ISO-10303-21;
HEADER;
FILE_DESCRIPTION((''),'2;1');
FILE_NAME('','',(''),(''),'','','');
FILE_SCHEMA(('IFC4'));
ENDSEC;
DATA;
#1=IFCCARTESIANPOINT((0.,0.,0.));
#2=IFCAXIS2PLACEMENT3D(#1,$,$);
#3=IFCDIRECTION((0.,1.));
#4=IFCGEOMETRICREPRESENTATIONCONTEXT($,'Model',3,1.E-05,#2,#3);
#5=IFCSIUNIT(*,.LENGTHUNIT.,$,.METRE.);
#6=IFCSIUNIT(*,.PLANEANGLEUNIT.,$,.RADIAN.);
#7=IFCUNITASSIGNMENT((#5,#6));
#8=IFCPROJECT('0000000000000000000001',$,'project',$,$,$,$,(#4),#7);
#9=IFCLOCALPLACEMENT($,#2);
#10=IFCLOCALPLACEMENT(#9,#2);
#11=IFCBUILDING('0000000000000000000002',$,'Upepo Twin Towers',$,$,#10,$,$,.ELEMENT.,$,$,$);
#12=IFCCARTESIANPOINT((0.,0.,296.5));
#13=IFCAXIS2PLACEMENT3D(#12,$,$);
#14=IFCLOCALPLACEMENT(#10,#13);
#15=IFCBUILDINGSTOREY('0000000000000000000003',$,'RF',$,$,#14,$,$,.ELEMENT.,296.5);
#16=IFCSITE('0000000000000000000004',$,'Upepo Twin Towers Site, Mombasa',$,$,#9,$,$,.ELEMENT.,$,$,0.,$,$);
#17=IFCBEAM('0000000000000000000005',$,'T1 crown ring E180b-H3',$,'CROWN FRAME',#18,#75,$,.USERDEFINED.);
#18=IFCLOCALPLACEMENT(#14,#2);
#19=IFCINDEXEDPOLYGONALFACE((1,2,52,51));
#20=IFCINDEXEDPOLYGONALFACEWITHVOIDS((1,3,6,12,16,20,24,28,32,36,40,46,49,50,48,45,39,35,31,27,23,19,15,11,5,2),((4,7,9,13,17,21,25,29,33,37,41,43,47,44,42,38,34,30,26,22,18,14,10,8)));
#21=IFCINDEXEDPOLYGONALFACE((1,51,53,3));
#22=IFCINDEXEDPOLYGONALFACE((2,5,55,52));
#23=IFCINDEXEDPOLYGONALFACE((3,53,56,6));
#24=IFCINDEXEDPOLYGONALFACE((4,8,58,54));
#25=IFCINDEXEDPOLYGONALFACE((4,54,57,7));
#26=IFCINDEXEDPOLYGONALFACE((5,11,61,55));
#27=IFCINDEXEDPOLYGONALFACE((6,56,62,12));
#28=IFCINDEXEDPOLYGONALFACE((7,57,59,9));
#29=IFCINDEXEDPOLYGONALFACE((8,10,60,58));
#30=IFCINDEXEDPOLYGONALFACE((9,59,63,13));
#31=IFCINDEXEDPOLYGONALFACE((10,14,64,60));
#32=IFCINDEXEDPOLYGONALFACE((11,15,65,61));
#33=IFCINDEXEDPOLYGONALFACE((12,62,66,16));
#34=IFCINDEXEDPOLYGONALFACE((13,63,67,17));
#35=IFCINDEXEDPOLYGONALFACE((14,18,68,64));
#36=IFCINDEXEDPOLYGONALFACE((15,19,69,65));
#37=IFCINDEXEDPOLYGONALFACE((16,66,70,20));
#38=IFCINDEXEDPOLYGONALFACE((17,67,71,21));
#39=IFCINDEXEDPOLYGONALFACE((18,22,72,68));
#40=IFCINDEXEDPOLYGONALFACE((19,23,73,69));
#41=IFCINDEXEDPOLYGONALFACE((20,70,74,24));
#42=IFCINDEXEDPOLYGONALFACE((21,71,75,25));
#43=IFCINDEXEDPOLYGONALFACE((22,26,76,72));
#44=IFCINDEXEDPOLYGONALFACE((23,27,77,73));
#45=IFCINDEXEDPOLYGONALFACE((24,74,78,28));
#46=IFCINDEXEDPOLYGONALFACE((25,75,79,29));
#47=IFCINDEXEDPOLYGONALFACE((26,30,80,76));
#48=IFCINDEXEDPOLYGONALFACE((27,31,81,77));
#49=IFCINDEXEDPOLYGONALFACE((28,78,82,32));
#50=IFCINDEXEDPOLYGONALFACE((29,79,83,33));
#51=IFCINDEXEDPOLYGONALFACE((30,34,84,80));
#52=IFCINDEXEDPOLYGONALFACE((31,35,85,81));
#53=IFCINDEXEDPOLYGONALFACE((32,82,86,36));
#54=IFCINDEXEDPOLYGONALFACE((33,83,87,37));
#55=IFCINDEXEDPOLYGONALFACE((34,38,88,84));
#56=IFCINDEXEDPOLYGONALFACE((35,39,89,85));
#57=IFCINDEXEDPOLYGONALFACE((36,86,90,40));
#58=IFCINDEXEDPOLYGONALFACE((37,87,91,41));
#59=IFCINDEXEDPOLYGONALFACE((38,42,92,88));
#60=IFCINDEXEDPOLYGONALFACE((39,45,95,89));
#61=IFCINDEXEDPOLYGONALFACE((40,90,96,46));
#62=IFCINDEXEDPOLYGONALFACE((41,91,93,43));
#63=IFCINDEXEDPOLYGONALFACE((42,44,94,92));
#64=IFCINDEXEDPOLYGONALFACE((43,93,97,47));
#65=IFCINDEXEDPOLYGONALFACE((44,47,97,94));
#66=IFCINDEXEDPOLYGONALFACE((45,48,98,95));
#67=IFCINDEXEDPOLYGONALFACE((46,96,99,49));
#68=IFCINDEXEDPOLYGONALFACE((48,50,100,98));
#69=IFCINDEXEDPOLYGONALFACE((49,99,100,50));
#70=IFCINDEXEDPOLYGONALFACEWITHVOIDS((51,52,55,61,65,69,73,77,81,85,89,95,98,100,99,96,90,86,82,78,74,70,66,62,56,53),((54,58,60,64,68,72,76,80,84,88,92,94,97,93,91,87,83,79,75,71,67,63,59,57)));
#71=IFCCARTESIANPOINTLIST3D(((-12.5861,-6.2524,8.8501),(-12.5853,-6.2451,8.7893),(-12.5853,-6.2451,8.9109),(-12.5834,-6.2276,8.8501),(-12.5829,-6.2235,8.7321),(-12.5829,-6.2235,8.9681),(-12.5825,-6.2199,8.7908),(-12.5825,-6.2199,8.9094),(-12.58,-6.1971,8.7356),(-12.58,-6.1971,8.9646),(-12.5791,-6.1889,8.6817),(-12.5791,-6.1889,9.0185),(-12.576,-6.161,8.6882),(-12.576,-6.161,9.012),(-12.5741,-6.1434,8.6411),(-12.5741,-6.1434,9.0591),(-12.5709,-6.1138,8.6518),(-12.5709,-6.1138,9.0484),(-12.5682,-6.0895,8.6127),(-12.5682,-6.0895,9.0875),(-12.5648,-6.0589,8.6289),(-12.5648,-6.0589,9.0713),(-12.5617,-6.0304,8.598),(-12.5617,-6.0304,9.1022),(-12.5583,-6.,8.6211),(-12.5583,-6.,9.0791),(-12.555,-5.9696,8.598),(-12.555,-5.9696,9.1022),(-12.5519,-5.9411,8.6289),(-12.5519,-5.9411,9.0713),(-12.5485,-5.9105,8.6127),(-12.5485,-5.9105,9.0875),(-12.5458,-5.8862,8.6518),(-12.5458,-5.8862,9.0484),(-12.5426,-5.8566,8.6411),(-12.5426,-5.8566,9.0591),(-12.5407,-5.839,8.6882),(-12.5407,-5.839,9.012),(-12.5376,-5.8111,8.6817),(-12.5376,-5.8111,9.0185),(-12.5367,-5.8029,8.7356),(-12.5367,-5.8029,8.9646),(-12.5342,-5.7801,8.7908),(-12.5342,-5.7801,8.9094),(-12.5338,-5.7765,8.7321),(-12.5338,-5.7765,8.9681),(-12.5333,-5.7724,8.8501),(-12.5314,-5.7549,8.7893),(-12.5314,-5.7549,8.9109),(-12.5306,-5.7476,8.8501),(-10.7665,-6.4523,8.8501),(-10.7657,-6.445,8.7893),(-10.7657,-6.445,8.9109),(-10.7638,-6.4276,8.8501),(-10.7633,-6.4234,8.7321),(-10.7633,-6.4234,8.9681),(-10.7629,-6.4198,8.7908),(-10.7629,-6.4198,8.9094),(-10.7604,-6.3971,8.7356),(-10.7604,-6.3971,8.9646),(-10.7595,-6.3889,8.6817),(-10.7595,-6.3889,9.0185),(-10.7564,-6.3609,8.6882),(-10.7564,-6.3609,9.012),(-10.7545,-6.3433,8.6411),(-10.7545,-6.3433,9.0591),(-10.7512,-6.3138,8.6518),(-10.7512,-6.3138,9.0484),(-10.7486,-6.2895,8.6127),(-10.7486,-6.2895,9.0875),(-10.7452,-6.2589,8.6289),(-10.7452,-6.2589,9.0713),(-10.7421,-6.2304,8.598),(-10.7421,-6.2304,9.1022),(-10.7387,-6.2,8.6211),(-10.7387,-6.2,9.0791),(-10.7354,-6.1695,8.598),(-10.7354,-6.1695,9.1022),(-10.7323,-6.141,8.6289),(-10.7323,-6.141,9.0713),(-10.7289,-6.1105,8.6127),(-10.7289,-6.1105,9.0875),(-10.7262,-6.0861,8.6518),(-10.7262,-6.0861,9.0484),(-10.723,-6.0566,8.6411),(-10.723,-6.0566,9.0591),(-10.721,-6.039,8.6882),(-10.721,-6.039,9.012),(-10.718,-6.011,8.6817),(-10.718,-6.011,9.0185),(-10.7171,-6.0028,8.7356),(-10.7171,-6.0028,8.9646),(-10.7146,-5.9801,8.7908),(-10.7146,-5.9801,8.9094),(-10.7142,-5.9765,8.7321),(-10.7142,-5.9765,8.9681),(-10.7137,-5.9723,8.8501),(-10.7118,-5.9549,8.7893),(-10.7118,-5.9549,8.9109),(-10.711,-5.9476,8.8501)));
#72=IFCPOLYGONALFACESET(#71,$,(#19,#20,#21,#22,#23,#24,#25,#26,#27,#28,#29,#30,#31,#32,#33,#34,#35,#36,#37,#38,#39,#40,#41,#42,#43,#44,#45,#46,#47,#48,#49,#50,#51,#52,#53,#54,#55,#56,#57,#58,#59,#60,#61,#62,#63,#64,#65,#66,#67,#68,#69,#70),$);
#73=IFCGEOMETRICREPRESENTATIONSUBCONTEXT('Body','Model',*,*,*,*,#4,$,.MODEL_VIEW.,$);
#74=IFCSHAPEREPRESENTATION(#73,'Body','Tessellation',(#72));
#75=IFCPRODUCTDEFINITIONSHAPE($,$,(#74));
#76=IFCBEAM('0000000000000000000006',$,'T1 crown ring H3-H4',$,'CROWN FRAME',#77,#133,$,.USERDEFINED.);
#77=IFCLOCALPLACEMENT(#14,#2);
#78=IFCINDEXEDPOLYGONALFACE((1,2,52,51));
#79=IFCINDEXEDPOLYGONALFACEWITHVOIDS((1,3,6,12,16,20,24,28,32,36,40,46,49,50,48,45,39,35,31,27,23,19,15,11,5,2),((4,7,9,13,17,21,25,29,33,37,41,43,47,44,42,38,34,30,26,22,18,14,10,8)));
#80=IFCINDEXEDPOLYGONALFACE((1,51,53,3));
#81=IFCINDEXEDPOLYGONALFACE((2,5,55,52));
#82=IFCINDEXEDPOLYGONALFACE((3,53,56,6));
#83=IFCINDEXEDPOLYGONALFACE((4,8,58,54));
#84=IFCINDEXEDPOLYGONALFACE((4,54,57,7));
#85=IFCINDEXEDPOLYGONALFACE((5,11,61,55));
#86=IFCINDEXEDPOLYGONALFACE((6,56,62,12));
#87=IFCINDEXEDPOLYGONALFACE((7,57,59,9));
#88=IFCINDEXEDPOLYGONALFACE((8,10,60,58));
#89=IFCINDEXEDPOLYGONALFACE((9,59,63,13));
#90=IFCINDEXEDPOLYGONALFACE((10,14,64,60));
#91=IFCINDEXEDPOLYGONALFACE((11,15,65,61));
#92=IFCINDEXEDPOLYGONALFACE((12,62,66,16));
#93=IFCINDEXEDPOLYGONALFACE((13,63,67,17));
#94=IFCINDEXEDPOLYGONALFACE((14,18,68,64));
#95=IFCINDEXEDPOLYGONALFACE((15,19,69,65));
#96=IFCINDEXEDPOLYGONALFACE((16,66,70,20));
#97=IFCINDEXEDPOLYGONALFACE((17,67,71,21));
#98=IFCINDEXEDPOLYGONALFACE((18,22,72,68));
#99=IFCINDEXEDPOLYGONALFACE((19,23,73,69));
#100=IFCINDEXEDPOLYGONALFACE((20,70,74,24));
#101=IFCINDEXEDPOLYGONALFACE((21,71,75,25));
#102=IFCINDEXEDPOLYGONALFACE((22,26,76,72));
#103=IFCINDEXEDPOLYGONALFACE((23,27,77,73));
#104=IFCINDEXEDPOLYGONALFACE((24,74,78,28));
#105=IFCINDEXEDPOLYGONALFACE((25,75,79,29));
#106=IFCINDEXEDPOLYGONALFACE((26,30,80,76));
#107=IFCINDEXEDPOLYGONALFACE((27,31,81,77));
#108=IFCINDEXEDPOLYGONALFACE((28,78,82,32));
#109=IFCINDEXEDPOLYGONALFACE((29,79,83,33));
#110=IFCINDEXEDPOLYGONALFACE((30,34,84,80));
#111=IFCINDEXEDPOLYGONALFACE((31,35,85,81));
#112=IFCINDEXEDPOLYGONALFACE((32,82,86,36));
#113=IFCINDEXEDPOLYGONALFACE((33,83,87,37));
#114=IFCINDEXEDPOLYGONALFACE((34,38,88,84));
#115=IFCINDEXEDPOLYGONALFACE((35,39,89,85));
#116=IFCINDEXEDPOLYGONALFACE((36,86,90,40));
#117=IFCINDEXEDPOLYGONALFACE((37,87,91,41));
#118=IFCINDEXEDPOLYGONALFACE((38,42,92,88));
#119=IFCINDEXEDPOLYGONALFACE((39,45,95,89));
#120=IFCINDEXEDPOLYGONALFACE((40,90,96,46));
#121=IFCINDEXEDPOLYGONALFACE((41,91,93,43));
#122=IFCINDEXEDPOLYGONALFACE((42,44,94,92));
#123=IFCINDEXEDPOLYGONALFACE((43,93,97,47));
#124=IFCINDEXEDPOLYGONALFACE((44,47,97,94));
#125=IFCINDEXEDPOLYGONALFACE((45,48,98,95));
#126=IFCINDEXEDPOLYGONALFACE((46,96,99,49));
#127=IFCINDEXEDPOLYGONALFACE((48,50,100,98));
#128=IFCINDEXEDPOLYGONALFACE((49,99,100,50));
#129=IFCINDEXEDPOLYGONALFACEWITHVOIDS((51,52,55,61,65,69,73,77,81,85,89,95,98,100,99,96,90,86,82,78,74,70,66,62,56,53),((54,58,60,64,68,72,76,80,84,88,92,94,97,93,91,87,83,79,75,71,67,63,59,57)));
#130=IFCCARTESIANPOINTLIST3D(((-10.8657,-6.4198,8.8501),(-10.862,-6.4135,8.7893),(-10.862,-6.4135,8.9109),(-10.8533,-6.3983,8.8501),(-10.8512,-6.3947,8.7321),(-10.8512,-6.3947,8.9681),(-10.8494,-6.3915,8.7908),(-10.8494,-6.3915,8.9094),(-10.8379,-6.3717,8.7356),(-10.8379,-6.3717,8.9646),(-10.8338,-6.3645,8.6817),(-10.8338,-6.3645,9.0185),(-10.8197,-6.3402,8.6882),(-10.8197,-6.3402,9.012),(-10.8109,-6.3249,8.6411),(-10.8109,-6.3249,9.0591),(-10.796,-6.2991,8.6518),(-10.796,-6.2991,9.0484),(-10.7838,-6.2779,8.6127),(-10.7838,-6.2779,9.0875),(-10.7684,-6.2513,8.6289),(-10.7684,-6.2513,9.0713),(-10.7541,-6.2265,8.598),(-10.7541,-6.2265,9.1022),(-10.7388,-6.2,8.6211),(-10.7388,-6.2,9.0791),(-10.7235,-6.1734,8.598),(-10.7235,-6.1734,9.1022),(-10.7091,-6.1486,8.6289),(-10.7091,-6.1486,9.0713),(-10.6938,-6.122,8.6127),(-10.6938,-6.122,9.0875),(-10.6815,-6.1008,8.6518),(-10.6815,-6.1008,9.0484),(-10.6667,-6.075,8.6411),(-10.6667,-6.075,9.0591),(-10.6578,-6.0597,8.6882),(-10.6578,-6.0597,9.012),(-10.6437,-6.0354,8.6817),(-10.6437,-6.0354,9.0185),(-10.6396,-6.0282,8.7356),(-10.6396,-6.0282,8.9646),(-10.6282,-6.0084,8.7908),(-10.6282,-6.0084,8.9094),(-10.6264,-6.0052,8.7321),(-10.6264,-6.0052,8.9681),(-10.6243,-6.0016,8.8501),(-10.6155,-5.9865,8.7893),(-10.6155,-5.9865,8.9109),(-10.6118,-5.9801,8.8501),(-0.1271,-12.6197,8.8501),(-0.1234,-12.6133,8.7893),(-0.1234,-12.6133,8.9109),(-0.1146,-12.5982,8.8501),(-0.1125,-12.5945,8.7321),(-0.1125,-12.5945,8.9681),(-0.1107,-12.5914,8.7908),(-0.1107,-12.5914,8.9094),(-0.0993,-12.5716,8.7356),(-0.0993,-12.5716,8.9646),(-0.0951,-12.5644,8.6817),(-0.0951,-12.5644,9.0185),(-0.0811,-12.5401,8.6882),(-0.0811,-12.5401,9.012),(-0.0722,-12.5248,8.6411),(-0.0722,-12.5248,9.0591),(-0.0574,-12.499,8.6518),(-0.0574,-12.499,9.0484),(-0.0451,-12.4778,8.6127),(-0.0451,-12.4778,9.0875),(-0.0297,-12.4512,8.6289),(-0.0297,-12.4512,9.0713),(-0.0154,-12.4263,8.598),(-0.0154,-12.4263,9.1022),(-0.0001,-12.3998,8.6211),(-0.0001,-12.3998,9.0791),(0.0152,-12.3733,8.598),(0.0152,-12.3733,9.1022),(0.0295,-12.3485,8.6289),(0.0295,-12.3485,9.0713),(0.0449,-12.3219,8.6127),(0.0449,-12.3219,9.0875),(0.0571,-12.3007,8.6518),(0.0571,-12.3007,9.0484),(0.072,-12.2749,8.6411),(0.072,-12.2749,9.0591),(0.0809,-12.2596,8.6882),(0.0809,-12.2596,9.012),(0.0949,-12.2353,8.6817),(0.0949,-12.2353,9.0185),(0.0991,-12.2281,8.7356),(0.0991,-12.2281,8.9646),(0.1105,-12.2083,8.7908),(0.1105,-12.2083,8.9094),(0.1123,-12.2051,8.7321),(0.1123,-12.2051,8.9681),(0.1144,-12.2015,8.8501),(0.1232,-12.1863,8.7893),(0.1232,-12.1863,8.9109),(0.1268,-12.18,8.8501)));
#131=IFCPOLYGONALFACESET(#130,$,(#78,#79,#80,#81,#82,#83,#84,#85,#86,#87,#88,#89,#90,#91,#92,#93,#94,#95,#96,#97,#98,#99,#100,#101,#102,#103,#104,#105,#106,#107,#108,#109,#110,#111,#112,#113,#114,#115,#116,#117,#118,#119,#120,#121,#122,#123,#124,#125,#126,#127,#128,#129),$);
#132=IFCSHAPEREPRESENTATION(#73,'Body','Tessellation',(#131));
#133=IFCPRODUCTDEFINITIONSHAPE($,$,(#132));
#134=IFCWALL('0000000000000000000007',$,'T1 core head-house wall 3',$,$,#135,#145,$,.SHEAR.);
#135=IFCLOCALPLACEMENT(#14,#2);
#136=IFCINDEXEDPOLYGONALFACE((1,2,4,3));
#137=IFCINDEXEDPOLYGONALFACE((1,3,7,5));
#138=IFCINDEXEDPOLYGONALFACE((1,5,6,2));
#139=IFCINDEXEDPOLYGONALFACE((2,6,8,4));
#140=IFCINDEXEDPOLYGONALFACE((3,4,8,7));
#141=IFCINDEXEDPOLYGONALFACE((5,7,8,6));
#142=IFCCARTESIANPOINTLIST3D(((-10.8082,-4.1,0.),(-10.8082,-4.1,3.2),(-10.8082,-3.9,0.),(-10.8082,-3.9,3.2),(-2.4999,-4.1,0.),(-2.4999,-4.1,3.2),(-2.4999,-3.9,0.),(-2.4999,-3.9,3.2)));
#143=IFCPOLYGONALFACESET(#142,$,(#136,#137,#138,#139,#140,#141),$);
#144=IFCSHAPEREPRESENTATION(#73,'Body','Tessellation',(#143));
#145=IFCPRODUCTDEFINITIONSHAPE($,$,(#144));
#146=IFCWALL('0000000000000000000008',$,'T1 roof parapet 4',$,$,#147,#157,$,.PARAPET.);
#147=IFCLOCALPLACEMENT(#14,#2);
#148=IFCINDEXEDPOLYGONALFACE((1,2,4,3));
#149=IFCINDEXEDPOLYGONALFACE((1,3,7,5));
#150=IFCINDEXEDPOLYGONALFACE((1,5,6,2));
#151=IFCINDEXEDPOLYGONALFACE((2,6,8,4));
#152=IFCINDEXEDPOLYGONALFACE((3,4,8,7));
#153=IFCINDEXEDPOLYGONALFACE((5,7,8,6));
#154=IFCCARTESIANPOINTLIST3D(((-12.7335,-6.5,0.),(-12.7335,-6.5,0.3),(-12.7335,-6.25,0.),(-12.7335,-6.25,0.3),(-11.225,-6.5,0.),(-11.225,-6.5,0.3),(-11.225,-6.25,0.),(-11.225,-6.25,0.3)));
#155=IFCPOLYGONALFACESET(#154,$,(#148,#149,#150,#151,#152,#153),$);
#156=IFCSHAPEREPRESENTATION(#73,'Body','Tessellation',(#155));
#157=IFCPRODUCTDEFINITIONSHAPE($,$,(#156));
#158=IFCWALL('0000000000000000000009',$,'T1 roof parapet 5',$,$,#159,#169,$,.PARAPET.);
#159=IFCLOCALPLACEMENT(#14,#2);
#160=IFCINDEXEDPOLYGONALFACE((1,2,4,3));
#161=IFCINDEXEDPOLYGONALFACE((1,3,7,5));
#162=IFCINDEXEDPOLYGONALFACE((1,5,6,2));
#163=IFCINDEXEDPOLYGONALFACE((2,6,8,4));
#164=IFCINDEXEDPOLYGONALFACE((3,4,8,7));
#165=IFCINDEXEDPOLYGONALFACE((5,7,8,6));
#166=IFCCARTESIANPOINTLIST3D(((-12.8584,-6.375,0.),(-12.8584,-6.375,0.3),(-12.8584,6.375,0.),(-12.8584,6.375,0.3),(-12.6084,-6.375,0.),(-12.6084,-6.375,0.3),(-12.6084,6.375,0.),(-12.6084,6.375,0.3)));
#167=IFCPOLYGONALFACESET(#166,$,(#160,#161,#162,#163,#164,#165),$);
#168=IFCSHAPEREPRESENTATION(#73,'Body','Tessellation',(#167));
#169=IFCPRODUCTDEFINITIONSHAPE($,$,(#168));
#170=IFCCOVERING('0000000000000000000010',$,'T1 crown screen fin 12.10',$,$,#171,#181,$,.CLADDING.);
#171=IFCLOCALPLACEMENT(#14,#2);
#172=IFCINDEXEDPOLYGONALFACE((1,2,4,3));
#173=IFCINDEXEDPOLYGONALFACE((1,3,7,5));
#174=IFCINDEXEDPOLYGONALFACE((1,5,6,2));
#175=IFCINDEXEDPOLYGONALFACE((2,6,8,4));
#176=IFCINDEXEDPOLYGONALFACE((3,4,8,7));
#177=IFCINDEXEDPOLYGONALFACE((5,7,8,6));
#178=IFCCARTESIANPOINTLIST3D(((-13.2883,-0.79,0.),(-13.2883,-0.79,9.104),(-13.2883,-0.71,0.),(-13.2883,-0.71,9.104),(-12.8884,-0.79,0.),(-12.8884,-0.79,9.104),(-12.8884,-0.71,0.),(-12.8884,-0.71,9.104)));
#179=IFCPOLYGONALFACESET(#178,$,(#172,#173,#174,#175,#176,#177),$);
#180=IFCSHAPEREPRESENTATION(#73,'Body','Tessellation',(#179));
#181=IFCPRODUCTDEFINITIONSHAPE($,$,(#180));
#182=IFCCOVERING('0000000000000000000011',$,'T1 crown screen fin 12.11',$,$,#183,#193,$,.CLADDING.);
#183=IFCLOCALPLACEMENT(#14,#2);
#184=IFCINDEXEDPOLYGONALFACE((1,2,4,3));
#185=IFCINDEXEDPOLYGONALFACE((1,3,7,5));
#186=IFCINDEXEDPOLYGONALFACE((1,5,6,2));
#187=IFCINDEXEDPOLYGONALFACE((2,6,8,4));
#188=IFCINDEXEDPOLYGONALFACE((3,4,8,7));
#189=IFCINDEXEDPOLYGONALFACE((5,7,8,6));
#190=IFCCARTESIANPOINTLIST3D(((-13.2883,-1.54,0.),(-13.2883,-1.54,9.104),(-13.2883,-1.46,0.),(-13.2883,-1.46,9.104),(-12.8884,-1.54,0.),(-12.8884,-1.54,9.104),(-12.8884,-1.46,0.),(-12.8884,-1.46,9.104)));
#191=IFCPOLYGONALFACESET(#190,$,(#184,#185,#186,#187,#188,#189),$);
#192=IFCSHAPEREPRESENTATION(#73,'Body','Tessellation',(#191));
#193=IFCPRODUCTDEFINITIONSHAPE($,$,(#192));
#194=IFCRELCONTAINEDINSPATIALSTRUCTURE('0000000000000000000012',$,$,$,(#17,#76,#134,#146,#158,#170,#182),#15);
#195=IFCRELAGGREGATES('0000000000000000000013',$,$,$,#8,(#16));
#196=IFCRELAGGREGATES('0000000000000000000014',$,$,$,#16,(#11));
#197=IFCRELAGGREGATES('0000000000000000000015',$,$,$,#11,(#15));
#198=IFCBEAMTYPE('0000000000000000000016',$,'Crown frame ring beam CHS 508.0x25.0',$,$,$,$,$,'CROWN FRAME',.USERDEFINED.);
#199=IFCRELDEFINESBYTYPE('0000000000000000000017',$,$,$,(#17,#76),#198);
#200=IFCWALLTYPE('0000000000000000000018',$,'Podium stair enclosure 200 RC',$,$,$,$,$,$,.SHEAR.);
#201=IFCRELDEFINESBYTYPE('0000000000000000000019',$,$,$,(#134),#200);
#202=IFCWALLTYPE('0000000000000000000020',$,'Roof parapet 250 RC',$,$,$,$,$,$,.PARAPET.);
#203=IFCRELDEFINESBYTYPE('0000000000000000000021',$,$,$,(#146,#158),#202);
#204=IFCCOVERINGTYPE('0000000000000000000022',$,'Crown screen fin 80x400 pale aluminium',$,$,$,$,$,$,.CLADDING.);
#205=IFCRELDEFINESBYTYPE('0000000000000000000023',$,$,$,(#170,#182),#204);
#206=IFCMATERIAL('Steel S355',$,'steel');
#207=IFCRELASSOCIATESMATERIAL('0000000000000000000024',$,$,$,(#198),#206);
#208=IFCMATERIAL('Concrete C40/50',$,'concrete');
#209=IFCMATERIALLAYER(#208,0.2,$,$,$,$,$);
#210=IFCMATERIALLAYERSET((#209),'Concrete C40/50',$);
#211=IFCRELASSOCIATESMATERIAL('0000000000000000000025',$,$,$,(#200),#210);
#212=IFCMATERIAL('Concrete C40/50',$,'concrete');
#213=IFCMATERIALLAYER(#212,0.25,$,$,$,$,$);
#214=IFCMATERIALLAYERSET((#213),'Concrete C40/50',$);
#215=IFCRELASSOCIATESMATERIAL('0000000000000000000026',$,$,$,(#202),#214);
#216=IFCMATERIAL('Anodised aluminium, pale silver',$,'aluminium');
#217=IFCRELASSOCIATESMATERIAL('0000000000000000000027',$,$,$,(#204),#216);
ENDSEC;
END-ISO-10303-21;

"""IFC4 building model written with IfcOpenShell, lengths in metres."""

from ifc_helpers import new_model, si_unit, direction, frame, frame_2d, origin, origin_2d, place, context, subcontext, project, spatial, rectangle, hollow_circle, extrude, material, layer, layer_set, material_profile, profile_set, type_object, element, save


model = new_model("IFC4")

# Units and contexts
model_context = context("Model", 3, precision=1e-05, world=origin(), true_north=direction((0.0, 1.0)))
body_context = subcontext(model_context, "Body", "Model", "MODEL_VIEW")
ifc_project = project(units=[si_unit("LENGTHUNIT", "METRE"), si_unit("PLANEANGLEUNIT", "RADIAN")], contexts=[model_context])

# Site, building, storey
site_placement = place(None, origin())
site = spatial("IfcSite", under=ifc_project, at=site_placement, Name="Upepo Twin Towers Site, Mombasa", CompositionType="ELEMENT", RefElevation=0.0)
building_placement = place(site_placement, origin())
building = spatial("IfcBuilding", under=site, at=building_placement, Name="Upepo Twin Towers", CompositionType="ELEMENT")
storey_placement = place(building_placement, frame((0.0, 0.0, 296.5)))
storey = spatial("IfcBuildingStorey", under=building, at=storey_placement, Name="RF", CompositionType="ELEMENT", Elevation=296.5)

# Beams
ifc_material_1 = material(Name="Steel S355", Category="steel")
ifc_material_profile_1 = material_profile(ifc_material_1, hollow_circle(Radius=0.2539, WallThickness=0.0249, at=origin_2d()), Name="CHS 508.0x25.0")
ifc_profile_set_1 = profile_set([ifc_material_profile_1], Name="Steel S355")
beam_type = type_object("IfcBeamType", Name="Crown frame ring beam CHS 508.0x25.0", ElementType="CROWN FRAME", PredefinedType="USERDEFINED", material=ifc_profile_set_1)
beam_1_placement = place(storey_placement, frame((-12.5583, -6.0, 8.8501), z_axis=(0.994016, -0.109231, 0.0), x_axis=(0.109231, 0.994016, 0.0)))
element("IfcBeam", 1, at=beam_1_placement, inside=storey, type_object=beam_type, Name="T1 crown ring E180b-H3", ObjectType="CROWN FRAME", PredefinedType="USERDEFINED", context=body_context, shape_type="SweptSolid", body=[
    extrude(hollow_circle(Radius=0.2539, WallThickness=0.0249, at=origin_2d()), origin(), (0.0, 0.0, 1.0), 1.8306),
])
beam_2_placement = place(storey_placement, frame((-10.7388, -6.2, 8.8501), z_axis=(0.866028, -0.499995, 0.0), x_axis=(0.499995, 0.866028, 0.0)))
element("IfcBeam", 2, at=beam_2_placement, inside=storey, type_object=beam_type, Name="T1 crown ring H3-H4", ObjectType="CROWN FRAME", PredefinedType="USERDEFINED", context=body_context, shape_type="SweptSolid", body=[
    extrude(hollow_circle(Radius=0.2539, WallThickness=0.0249, at=origin_2d()), origin(), (0.0, 0.0, 1.0), 12.3999),
])

# Walls
ifc_material_2 = material(Name="Concrete C40/50", Category="concrete")
ifc_layer_1 = layer(ifc_material_2, 0.2)
ifc_layer_set_1 = layer_set([ifc_layer_1], Name="Concrete C40/50")
wall_type_1 = type_object("IfcWallType", Name="Podium stair enclosure 200 RC", PredefinedType="SHEAR", material=ifc_layer_set_1)
wall_1_placement = place(storey_placement, frame((-10.8083, -4.0, 0.0), z_axis=(0.0, 0.0, 1.0), x_axis=(1.0, 0.0, 0.0)))
element("IfcWall", 3, at=wall_1_placement, inside=storey, type_object=wall_type_1, Name="T1 core head-house wall 3", PredefinedType="SHEAR", context=body_context, shape_type="SweptSolid", body=[
    extrude(rectangle(XDim=8.3083, YDim=0.2, at=frame_2d((4.1543, 0.0))), origin(), (0.0, 0.0, 1.0), 3.2),
])
ifc_material_3 = material(Name="Concrete C40/50", Category="concrete")
ifc_layer_2 = layer(ifc_material_3, 0.25)
ifc_layer_set_2 = layer_set([ifc_layer_2], Name="Concrete C40/50")
wall_type_2 = type_object("IfcWallType", Name="Roof parapet 250 RC", PredefinedType="PARAPET", material=ifc_layer_set_2)
wall_2_placement = place(storey_placement, frame((-11.2249, -6.375, 0.0), z_axis=(0.0, 0.0, 1.0), x_axis=(-1.0, 0.0, 0.0)))
element("IfcWall", 4, at=wall_2_placement, inside=storey, type_object=wall_type_2, Name="T1 roof parapet 4", PredefinedType="PARAPET", context=body_context, shape_type="SweptSolid", body=[
    extrude(rectangle(XDim=1.5085, YDim=0.25, at=frame_2d((0.7544, 0.0))), origin(), (0.0, 0.0, 1.0), 0.3),
])
wall_3_placement = place(storey_placement, frame((-12.7334, -6.375, 0.0), z_axis=(0.0, 0.0, 1.0), x_axis=(0.0, 1.0, 0.0)))
element("IfcWall", 5, at=wall_3_placement, inside=storey, type_object=wall_type_2, Name="T1 roof parapet 5", PredefinedType="PARAPET", context=body_context, shape_type="SweptSolid", body=[
    extrude(rectangle(XDim=12.75, YDim=0.25, at=frame_2d((6.375, 0.0))), origin(), (0.0, 0.0, 1.0), 0.3),
])

# Coverings
ifc_material_4 = material(Name="Anodised aluminium, pale silver", Category="aluminium")
covering_type_1 = type_object("IfcCoveringType", Name="Crown screen fin 80x400 pale aluminium", PredefinedType="CLADDING", material=ifc_material_4)
for number, where, z_axis, x_axis, name in (
    (6, (-13.0884, -0.75, 0.0), (0.0, 0.0, 1.0), (0.0, -1.0, 0.0), "T1 crown screen fin 12.10"),
    (7, (-13.0884, -1.5, 0.0), (0.0, 0.0, 1.0), (0.0, -1.0, 0.0), "T1 crown screen fin 12.11"),
):
    element("IfcCovering", number, at=place(storey_placement, frame(where, z_axis=z_axis, x_axis=x_axis)), inside=storey, type_object=covering_type_1, Name=name, PredefinedType="CLADDING", context=body_context, shape_type="SweptSolid", body=[
        extrude(rectangle(XDim=0.0801, YDim=0.3999, at=origin_2d()), origin(), (0.0, 0.0, 1.0), 9.104),
    ])

save(model, "model.ifc")
